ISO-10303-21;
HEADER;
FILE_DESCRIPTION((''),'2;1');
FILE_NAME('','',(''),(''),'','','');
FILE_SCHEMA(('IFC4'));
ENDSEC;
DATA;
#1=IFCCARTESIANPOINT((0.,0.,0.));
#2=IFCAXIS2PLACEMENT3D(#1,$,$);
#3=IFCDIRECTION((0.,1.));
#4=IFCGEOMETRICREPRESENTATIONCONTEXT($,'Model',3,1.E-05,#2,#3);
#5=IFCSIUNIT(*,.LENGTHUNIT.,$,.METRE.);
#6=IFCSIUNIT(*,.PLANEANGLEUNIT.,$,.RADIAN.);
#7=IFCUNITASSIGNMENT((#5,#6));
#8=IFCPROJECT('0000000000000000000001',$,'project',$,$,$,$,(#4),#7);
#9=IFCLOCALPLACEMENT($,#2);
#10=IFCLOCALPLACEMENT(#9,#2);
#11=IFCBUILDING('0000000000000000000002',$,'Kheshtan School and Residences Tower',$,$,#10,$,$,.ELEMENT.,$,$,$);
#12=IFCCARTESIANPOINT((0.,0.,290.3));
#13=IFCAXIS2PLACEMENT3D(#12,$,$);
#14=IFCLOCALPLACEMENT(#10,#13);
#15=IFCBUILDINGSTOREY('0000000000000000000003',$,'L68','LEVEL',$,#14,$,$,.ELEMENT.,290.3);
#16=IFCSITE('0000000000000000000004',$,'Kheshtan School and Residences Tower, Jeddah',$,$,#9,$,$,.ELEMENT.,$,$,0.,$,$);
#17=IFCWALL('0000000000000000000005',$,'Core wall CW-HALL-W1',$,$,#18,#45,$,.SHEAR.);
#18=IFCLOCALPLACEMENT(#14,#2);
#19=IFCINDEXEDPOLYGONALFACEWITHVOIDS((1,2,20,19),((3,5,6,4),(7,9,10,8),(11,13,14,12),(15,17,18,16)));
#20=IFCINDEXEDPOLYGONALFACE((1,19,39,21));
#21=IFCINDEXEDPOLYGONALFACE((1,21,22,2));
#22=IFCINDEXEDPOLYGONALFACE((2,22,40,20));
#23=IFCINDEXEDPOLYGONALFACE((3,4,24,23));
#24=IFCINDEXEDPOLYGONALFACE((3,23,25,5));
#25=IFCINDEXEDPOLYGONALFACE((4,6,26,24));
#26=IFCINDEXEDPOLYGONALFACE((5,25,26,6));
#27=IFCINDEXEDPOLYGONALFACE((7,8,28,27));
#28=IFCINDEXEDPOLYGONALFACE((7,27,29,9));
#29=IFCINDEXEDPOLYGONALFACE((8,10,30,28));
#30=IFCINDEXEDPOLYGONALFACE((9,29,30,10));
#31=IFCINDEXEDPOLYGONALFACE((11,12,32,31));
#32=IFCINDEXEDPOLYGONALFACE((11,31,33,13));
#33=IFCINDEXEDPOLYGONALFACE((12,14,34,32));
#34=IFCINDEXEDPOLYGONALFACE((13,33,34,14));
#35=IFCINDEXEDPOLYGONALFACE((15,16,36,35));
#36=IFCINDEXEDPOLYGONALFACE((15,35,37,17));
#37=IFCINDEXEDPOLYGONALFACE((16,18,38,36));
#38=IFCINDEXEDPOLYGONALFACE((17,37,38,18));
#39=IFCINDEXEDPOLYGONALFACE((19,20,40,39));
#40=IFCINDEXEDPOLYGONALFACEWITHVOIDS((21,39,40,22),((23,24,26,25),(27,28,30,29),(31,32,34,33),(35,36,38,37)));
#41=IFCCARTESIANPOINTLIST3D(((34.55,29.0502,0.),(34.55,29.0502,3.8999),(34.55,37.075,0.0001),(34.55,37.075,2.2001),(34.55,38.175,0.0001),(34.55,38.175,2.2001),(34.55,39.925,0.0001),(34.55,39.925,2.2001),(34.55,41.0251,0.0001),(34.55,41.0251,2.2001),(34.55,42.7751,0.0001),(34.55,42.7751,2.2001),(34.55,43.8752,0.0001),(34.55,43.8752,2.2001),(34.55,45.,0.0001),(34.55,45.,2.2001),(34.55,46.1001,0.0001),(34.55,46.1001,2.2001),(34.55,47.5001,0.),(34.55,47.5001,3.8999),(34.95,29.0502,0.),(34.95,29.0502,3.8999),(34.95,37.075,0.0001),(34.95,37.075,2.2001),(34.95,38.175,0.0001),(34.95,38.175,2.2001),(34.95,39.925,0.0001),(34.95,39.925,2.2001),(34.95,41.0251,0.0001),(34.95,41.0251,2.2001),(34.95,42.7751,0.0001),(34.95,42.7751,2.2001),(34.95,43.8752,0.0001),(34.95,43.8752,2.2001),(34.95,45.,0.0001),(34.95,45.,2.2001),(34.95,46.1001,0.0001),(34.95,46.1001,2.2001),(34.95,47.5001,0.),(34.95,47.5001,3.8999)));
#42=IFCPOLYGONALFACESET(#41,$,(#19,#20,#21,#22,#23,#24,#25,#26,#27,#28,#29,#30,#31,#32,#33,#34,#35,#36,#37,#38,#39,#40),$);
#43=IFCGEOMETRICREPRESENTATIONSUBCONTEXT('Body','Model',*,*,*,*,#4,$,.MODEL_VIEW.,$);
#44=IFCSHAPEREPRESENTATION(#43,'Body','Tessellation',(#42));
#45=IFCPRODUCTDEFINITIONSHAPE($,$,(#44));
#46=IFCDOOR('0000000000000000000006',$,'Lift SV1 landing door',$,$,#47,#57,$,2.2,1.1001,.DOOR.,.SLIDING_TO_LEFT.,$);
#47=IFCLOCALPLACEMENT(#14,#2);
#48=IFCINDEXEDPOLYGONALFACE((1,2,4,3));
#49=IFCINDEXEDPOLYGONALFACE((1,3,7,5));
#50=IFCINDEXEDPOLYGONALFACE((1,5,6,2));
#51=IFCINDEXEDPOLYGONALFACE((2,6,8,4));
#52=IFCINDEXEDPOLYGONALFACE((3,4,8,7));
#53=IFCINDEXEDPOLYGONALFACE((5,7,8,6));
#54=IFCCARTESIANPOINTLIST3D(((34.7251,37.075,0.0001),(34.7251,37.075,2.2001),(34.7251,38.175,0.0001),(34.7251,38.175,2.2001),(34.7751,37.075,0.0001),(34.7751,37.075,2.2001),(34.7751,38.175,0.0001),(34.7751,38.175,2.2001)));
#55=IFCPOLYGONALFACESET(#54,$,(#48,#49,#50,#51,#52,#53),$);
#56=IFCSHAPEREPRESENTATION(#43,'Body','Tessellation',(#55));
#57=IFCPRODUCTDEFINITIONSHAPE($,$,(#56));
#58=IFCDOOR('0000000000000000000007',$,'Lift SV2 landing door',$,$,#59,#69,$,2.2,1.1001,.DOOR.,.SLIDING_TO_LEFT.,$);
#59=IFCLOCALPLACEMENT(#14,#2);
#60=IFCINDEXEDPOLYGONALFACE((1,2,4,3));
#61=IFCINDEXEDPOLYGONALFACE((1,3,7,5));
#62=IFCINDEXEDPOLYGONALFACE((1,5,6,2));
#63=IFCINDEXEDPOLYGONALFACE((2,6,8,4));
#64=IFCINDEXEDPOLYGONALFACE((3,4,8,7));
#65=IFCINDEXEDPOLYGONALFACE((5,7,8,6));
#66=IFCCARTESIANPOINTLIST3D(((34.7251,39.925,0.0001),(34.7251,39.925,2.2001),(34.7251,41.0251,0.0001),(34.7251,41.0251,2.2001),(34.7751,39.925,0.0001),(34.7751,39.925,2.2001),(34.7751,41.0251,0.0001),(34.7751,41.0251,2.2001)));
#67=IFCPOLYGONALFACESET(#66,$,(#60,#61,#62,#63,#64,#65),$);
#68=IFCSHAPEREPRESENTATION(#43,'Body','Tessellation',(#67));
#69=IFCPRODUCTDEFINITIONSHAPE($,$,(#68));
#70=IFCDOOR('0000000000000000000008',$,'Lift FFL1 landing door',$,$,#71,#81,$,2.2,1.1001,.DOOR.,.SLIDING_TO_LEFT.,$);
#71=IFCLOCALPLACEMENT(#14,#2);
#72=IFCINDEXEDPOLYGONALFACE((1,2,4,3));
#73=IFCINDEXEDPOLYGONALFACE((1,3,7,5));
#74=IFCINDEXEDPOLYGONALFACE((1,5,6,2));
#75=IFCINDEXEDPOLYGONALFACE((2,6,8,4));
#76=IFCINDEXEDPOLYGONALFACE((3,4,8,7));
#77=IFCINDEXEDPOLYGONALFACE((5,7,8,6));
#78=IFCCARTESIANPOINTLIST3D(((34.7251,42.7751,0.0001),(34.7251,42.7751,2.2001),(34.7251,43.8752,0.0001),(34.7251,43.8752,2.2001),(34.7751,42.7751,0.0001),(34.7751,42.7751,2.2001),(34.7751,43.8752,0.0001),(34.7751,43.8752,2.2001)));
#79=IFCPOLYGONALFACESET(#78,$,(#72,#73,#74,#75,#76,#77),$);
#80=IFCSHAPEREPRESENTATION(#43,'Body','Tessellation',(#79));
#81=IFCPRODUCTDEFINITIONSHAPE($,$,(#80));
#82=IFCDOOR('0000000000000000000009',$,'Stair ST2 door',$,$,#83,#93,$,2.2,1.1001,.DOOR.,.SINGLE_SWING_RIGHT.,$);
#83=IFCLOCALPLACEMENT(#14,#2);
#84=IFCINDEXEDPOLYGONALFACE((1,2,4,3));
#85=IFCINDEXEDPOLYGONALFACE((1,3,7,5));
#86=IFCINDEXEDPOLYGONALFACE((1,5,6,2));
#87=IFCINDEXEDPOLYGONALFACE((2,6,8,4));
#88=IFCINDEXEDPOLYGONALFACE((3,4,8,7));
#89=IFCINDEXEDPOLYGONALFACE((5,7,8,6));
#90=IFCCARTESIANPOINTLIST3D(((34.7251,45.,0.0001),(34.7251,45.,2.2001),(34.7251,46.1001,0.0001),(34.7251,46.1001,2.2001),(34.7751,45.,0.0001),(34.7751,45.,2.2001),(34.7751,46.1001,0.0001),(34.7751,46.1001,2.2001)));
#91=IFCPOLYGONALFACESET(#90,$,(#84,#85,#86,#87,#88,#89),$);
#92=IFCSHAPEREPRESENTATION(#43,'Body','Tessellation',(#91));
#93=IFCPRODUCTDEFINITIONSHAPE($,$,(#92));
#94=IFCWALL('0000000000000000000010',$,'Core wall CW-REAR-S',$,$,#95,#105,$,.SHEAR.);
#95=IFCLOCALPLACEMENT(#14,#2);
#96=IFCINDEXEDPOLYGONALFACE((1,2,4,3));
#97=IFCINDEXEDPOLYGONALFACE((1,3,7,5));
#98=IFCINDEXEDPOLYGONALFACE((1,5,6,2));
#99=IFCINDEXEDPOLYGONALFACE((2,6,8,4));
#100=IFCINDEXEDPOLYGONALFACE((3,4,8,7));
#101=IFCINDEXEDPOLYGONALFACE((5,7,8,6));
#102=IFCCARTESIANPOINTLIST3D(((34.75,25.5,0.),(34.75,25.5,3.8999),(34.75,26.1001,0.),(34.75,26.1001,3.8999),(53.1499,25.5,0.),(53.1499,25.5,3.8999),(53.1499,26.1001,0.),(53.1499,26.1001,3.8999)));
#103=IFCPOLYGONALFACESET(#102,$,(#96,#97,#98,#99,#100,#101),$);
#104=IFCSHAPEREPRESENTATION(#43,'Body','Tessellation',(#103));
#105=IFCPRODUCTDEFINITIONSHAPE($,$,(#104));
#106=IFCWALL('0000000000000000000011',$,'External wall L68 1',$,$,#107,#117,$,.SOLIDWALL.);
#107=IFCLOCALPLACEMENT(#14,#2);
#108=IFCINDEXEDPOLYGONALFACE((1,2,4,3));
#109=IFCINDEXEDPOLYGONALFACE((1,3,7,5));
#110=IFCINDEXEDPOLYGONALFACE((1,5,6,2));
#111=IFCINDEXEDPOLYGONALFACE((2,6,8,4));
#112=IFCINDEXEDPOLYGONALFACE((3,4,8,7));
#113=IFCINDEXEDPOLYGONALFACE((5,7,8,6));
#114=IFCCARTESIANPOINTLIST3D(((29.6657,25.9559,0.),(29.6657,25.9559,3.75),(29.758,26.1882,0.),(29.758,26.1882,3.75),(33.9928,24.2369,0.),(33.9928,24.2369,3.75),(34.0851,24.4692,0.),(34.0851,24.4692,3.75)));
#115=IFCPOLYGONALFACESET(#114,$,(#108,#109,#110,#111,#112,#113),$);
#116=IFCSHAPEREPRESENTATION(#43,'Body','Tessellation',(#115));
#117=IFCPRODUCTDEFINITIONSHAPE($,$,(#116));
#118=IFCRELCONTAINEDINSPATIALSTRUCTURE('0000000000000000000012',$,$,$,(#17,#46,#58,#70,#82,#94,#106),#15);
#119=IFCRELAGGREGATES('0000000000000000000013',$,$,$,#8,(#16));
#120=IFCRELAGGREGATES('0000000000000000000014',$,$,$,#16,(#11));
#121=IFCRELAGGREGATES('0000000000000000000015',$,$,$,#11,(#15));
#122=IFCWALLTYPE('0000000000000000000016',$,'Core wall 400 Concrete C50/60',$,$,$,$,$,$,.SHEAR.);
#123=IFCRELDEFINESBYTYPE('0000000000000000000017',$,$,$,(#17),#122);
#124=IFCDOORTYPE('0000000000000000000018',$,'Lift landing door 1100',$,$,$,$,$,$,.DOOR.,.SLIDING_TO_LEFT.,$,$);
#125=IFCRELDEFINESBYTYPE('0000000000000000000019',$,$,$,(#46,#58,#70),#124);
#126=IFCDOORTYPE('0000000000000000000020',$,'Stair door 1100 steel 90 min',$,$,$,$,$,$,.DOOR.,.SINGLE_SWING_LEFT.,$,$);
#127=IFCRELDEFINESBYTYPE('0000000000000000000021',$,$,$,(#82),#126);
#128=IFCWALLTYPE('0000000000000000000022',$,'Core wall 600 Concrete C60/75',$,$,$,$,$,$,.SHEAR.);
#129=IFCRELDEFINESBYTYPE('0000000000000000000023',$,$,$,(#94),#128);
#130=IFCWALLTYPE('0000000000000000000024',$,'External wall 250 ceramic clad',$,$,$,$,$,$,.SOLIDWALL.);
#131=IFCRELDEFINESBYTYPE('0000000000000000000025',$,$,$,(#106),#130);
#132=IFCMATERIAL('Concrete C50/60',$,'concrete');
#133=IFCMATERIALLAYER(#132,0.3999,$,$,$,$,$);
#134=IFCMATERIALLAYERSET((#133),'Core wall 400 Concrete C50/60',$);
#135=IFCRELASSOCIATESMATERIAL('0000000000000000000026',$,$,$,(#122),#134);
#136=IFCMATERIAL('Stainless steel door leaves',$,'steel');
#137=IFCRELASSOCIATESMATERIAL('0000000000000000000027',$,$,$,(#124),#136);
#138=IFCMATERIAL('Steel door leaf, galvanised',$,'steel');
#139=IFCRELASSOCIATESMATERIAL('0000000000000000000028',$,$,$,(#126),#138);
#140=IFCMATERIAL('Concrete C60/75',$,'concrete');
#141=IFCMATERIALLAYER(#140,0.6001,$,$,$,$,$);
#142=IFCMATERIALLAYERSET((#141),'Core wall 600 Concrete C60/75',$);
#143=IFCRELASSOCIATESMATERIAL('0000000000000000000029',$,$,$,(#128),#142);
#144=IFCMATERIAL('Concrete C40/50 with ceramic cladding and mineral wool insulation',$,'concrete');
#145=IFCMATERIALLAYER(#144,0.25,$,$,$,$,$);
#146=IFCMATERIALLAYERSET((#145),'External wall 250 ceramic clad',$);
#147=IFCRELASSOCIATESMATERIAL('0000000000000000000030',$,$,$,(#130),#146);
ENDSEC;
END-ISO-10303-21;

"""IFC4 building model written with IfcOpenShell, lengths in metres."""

from ifc_helpers import new_model, si_unit, direction, frame, frame_2d, origin, place, context, subcontext, project, spatial, rectangle, extrude, source, transform, mapped, material, layer, layer_set, type_object, element, fill, save


model = new_model("IFC4")

# Units and contexts
model_context = context("Model", 3, precision=1e-05, world=origin(), true_north=direction((0.0, 1.0)))
body_context = subcontext(model_context, "Body", "Model", "MODEL_VIEW")
ifc_project = project(units=[si_unit("LENGTHUNIT", "METRE"), si_unit("PLANEANGLEUNIT", "RADIAN")], contexts=[model_context])

# Site, building, storey
site_placement = place(None, origin())
site = spatial("IfcSite", under=ifc_project, at=site_placement, Name="Kheshtan School and Residences Tower, Jeddah", CompositionType="ELEMENT", RefElevation=0.0)
building_placement = place(site_placement, origin())
building = spatial("IfcBuilding", under=site, at=building_placement, Name="Kheshtan School and Residences Tower", CompositionType="ELEMENT")
storey_placement = place(building_placement, frame((0.0, 0.0, 290.3)))
storey = spatial("IfcBuildingStorey", under=building, at=storey_placement, Name="L68", Description="LEVEL", CompositionType="ELEMENT", Elevation=290.3)

# Wall, openings, doors
ifc_material_1 = material(Name="Concrete C50/60", Category="concrete")
ifc_layer_1 = layer(ifc_material_1, 0.3999)
ifc_layer_set_1 = layer_set([ifc_layer_1], Name="Core wall 400 Concrete C50/60")
wall_type_1 = type_object("IfcWallType", Name="Core wall 400 Concrete C50/60", PredefinedType="SHEAR", material=ifc_layer_set_1)
ifc_material_2 = material(Name="Stainless steel door leaves", Category="steel")
door_type_1 = type_object("IfcDoorType", Name="Lift landing door 1100", OperationType="SLIDING_TO_LEFT", PredefinedType="DOOR", material=ifc_material_2)
shared_shape_1 = source(origin(), body_context, "Body", "SweptSolid", [
    extrude(rectangle(XDim=1.1001, YDim=2.2, at=frame_2d((0.55, 1.1001))), frame((0.0, 0.0249, 0.0), z_axis=(0.0, -1.0, 0.0), x_axis=(1.0, 0.0, 0.0)), (0.0, 0.0, 1.0), 0.05),
])
ifc_material_3 = material(Name="Steel door leaf, galvanised", Category="steel")
wall_1_placement = place(storey_placement, frame((34.75, 29.05, 0.0), z_axis=(0.0, 0.0, 1.0), x_axis=(0.0, 1.0, 0.0)))
wall_1 = element("IfcWall", 1, at=wall_1_placement, inside=storey, type_object=wall_type_1, Name="Core wall CW-HALL-W1", PredefinedType="SHEAR", context=body_context, shape_type="SweptSolid", body=[
    extrude(rectangle(XDim=18.45, YDim=0.3999, at=frame_2d((9.2251, 0.0))), origin(), (0.0, 0.0, 1.0), 3.8999),
])
opening_1_placement = place(wall_1_placement, frame((8.0249, 0.0, 0.0)))
opening_1 = element("IfcOpeningElement", 2, at=opening_1_placement, cuts=wall_1, PredefinedType="OPENING", context=body_context, shape_type="SweptSolid", body=[
    extrude(rectangle(XDim=1.1001, YDim=2.2, at=frame_2d((0.55, 1.1001))), frame((0.0, 0.21, 0.0), z_axis=(0.0, -1.0, 0.0), x_axis=(1.0, 0.0, 0.0)), (0.0, 0.0, 1.0), 0.4199),
])
opening_2_placement = place(wall_1_placement, frame((10.875, 0.0, 0.0)))
opening_2 = element("IfcOpeningElement", 3, at=opening_2_placement, cuts=wall_1, PredefinedType="OPENING", context=body_context, shape_type="SweptSolid", body=[
    extrude(rectangle(XDim=1.1001, YDim=2.2, at=frame_2d((0.55, 1.1001))), frame((0.0, 0.21, 0.0), z_axis=(0.0, -1.0, 0.0), x_axis=(1.0, 0.0, 0.0)), (0.0, 0.0, 1.0), 0.4199),
])
opening_3_placement = place(wall_1_placement, frame((13.7251, 0.0, 0.0)))
opening_3 = element("IfcOpeningElement", 4, at=opening_3_placement, cuts=wall_1, PredefinedType="OPENING", context=body_context, shape_type="SweptSolid", body=[
    extrude(rectangle(XDim=1.1001, YDim=2.2, at=frame_2d((0.55, 1.1001))), frame((0.0, 0.21, 0.0), z_axis=(0.0, -1.0, 0.0), x_axis=(1.0, 0.0, 0.0)), (0.0, 0.0, 1.0), 0.4199),
])
opening_4_placement = place(wall_1_placement, frame((15.95, 0.0, 0.0)))
opening_4 = element("IfcOpeningElement", 5, at=opening_4_placement, cuts=wall_1, PredefinedType="OPENING", context=body_context, shape_type="SweptSolid", body=[
    extrude(rectangle(XDim=1.1001, YDim=2.2, at=frame_2d((0.55, 1.1001))), frame((0.0, 0.21, 0.0), z_axis=(0.0, -1.0, 0.0), x_axis=(1.0, 0.0, 0.0)), (0.0, 0.0, 1.0), 0.4199),
])
door_1_placement = place(opening_1_placement, origin())
door_1 = element("IfcDoor", 6, at=door_1_placement, inside=storey, type_object=door_type_1, Name="Lift SV1 landing door", OperationType="SLIDING_TO_LEFT", OverallHeight=2.2, OverallWidth=1.1001, PredefinedType="DOOR", context=body_context, shape_type="MappedRepresentation", body=[
    mapped(shared_shape_1, transform((0.0, 0.0, 0.0), x_axis=(1.0, 0.0, 0.0), y_axis=(0.0, 1.0, 0.0), z_axis=(0.0, 0.0, 1.0), scale=1.0)),
])
fill(opening_1, door_1)
door_2_placement = place(opening_2_placement, origin())
door_2 = element("IfcDoor", 7, at=door_2_placement, inside=storey, type_object=door_type_1, Name="Lift SV2 landing door", OperationType="SLIDING_TO_LEFT", OverallHeight=2.2, OverallWidth=1.1001, PredefinedType="DOOR", context=body_context, shape_type="MappedRepresentation", body=[
    mapped(shared_shape_1, transform((0.0, 0.0, 0.0), x_axis=(1.0, 0.0, 0.0), y_axis=(0.0, 1.0, 0.0), z_axis=(0.0, 0.0, 1.0), scale=1.0)),
])
fill(opening_2, door_2)
door_3_placement = place(opening_3_placement, origin())
door_3 = element("IfcDoor", 8, at=door_3_placement, inside=storey, type_object=door_type_1, Name="Lift FFL1 landing door", OperationType="SLIDING_TO_LEFT", OverallHeight=2.2, OverallWidth=1.1001, PredefinedType="DOOR", context=body_context, shape_type="MappedRepresentation", body=[
    mapped(shared_shape_1, transform((0.0, 0.0, 0.0), x_axis=(1.0, 0.0, 0.0), y_axis=(0.0, 1.0, 0.0), z_axis=(0.0, 0.0, 1.0), scale=1.0)),
])
fill(opening_3, door_3)
door_type_2 = type_object("IfcDoorType", Name="Stair door 1100 steel 90 min", OperationType="SINGLE_SWING_LEFT", PredefinedType="DOOR", material=ifc_material_3)
shared_shape_2 = source(origin(), body_context, "Body", "SweptSolid", [
    extrude(rectangle(XDim=1.1001, YDim=2.2, at=frame_2d((0.55, 1.1001))), frame((0.0, 0.0249, 0.0), z_axis=(0.0, -1.0, 0.0), x_axis=(1.0, 0.0, 0.0)), (0.0, 0.0, 1.0), 0.05),
])
door_4_placement = place(opening_4_placement, origin())
door_4 = element("IfcDoor", 9, at=door_4_placement, inside=storey, type_object=door_type_2, Name="Stair ST2 door", OperationType="SINGLE_SWING_RIGHT", OverallHeight=2.2, OverallWidth=1.1001, PredefinedType="DOOR", context=body_context, shape_type="MappedRepresentation", body=[
    mapped(shared_shape_2, transform((0.0, 0.0, 0.0), x_axis=(1.0, 0.0, 0.0), y_axis=(0.0, 1.0, 0.0), z_axis=(0.0, 0.0, 1.0), scale=1.0)),
])
fill(opening_4, door_4)

# Walls
ifc_material_4 = material(Name="Concrete C60/75", Category="concrete")
ifc_layer_2 = layer(ifc_material_4, 0.6001)
ifc_layer_set_2 = layer_set([ifc_layer_2], Name="Core wall 600 Concrete C60/75")
wall_type_2 = type_object("IfcWallType", Name="Core wall 600 Concrete C60/75", PredefinedType="SHEAR", material=ifc_layer_set_2)
wall_2_placement = place(storey_placement, frame((34.75, 25.8, 0.0), z_axis=(0.0, 0.0, 1.0), x_axis=(1.0, 0.0, 0.0)))
element("IfcWall", 10, at=wall_2_placement, inside=storey, type_object=wall_type_2, Name="Core wall CW-REAR-S", PredefinedType="SHEAR", context=body_context, shape_type="SweptSolid", body=[
    extrude(rectangle(XDim=18.3999, YDim=0.6001, at=frame_2d((9.2, 0.0))), origin(), (0.0, 0.0, 1.0), 3.8999),
])
ifc_material_5 = material(Name="Concrete C40/50 with ceramic cladding and mineral wool insulation", Category="concrete")
ifc_layer_3 = layer(ifc_material_5, 0.25)
ifc_layer_set_3 = layer_set([ifc_layer_3], Name="External wall 250 ceramic clad")
wall_type_3 = type_object("IfcWallType", Name="External wall 250 ceramic clad", PredefinedType="SOLIDWALL", material=ifc_layer_set_3)
wall_3_placement = place(storey_placement, frame((34.0391, 24.353, 0.0), z_axis=(0.0, 0.0, 1.0), x_axis=(-0.929353, 0.369193, 0.0)))
element("IfcWall", 11, at=wall_3_placement, inside=storey, type_object=wall_type_3, Name="External wall L68 1", PredefinedType="SOLIDWALL", context=body_context, shape_type="SweptSolid", body=[
    extrude(rectangle(XDim=4.656, YDim=0.25, at=frame_2d((2.3281, 0.0))), origin(), (0.0, 0.0, 1.0), 3.75),
])

save(model, "model.ifc")
